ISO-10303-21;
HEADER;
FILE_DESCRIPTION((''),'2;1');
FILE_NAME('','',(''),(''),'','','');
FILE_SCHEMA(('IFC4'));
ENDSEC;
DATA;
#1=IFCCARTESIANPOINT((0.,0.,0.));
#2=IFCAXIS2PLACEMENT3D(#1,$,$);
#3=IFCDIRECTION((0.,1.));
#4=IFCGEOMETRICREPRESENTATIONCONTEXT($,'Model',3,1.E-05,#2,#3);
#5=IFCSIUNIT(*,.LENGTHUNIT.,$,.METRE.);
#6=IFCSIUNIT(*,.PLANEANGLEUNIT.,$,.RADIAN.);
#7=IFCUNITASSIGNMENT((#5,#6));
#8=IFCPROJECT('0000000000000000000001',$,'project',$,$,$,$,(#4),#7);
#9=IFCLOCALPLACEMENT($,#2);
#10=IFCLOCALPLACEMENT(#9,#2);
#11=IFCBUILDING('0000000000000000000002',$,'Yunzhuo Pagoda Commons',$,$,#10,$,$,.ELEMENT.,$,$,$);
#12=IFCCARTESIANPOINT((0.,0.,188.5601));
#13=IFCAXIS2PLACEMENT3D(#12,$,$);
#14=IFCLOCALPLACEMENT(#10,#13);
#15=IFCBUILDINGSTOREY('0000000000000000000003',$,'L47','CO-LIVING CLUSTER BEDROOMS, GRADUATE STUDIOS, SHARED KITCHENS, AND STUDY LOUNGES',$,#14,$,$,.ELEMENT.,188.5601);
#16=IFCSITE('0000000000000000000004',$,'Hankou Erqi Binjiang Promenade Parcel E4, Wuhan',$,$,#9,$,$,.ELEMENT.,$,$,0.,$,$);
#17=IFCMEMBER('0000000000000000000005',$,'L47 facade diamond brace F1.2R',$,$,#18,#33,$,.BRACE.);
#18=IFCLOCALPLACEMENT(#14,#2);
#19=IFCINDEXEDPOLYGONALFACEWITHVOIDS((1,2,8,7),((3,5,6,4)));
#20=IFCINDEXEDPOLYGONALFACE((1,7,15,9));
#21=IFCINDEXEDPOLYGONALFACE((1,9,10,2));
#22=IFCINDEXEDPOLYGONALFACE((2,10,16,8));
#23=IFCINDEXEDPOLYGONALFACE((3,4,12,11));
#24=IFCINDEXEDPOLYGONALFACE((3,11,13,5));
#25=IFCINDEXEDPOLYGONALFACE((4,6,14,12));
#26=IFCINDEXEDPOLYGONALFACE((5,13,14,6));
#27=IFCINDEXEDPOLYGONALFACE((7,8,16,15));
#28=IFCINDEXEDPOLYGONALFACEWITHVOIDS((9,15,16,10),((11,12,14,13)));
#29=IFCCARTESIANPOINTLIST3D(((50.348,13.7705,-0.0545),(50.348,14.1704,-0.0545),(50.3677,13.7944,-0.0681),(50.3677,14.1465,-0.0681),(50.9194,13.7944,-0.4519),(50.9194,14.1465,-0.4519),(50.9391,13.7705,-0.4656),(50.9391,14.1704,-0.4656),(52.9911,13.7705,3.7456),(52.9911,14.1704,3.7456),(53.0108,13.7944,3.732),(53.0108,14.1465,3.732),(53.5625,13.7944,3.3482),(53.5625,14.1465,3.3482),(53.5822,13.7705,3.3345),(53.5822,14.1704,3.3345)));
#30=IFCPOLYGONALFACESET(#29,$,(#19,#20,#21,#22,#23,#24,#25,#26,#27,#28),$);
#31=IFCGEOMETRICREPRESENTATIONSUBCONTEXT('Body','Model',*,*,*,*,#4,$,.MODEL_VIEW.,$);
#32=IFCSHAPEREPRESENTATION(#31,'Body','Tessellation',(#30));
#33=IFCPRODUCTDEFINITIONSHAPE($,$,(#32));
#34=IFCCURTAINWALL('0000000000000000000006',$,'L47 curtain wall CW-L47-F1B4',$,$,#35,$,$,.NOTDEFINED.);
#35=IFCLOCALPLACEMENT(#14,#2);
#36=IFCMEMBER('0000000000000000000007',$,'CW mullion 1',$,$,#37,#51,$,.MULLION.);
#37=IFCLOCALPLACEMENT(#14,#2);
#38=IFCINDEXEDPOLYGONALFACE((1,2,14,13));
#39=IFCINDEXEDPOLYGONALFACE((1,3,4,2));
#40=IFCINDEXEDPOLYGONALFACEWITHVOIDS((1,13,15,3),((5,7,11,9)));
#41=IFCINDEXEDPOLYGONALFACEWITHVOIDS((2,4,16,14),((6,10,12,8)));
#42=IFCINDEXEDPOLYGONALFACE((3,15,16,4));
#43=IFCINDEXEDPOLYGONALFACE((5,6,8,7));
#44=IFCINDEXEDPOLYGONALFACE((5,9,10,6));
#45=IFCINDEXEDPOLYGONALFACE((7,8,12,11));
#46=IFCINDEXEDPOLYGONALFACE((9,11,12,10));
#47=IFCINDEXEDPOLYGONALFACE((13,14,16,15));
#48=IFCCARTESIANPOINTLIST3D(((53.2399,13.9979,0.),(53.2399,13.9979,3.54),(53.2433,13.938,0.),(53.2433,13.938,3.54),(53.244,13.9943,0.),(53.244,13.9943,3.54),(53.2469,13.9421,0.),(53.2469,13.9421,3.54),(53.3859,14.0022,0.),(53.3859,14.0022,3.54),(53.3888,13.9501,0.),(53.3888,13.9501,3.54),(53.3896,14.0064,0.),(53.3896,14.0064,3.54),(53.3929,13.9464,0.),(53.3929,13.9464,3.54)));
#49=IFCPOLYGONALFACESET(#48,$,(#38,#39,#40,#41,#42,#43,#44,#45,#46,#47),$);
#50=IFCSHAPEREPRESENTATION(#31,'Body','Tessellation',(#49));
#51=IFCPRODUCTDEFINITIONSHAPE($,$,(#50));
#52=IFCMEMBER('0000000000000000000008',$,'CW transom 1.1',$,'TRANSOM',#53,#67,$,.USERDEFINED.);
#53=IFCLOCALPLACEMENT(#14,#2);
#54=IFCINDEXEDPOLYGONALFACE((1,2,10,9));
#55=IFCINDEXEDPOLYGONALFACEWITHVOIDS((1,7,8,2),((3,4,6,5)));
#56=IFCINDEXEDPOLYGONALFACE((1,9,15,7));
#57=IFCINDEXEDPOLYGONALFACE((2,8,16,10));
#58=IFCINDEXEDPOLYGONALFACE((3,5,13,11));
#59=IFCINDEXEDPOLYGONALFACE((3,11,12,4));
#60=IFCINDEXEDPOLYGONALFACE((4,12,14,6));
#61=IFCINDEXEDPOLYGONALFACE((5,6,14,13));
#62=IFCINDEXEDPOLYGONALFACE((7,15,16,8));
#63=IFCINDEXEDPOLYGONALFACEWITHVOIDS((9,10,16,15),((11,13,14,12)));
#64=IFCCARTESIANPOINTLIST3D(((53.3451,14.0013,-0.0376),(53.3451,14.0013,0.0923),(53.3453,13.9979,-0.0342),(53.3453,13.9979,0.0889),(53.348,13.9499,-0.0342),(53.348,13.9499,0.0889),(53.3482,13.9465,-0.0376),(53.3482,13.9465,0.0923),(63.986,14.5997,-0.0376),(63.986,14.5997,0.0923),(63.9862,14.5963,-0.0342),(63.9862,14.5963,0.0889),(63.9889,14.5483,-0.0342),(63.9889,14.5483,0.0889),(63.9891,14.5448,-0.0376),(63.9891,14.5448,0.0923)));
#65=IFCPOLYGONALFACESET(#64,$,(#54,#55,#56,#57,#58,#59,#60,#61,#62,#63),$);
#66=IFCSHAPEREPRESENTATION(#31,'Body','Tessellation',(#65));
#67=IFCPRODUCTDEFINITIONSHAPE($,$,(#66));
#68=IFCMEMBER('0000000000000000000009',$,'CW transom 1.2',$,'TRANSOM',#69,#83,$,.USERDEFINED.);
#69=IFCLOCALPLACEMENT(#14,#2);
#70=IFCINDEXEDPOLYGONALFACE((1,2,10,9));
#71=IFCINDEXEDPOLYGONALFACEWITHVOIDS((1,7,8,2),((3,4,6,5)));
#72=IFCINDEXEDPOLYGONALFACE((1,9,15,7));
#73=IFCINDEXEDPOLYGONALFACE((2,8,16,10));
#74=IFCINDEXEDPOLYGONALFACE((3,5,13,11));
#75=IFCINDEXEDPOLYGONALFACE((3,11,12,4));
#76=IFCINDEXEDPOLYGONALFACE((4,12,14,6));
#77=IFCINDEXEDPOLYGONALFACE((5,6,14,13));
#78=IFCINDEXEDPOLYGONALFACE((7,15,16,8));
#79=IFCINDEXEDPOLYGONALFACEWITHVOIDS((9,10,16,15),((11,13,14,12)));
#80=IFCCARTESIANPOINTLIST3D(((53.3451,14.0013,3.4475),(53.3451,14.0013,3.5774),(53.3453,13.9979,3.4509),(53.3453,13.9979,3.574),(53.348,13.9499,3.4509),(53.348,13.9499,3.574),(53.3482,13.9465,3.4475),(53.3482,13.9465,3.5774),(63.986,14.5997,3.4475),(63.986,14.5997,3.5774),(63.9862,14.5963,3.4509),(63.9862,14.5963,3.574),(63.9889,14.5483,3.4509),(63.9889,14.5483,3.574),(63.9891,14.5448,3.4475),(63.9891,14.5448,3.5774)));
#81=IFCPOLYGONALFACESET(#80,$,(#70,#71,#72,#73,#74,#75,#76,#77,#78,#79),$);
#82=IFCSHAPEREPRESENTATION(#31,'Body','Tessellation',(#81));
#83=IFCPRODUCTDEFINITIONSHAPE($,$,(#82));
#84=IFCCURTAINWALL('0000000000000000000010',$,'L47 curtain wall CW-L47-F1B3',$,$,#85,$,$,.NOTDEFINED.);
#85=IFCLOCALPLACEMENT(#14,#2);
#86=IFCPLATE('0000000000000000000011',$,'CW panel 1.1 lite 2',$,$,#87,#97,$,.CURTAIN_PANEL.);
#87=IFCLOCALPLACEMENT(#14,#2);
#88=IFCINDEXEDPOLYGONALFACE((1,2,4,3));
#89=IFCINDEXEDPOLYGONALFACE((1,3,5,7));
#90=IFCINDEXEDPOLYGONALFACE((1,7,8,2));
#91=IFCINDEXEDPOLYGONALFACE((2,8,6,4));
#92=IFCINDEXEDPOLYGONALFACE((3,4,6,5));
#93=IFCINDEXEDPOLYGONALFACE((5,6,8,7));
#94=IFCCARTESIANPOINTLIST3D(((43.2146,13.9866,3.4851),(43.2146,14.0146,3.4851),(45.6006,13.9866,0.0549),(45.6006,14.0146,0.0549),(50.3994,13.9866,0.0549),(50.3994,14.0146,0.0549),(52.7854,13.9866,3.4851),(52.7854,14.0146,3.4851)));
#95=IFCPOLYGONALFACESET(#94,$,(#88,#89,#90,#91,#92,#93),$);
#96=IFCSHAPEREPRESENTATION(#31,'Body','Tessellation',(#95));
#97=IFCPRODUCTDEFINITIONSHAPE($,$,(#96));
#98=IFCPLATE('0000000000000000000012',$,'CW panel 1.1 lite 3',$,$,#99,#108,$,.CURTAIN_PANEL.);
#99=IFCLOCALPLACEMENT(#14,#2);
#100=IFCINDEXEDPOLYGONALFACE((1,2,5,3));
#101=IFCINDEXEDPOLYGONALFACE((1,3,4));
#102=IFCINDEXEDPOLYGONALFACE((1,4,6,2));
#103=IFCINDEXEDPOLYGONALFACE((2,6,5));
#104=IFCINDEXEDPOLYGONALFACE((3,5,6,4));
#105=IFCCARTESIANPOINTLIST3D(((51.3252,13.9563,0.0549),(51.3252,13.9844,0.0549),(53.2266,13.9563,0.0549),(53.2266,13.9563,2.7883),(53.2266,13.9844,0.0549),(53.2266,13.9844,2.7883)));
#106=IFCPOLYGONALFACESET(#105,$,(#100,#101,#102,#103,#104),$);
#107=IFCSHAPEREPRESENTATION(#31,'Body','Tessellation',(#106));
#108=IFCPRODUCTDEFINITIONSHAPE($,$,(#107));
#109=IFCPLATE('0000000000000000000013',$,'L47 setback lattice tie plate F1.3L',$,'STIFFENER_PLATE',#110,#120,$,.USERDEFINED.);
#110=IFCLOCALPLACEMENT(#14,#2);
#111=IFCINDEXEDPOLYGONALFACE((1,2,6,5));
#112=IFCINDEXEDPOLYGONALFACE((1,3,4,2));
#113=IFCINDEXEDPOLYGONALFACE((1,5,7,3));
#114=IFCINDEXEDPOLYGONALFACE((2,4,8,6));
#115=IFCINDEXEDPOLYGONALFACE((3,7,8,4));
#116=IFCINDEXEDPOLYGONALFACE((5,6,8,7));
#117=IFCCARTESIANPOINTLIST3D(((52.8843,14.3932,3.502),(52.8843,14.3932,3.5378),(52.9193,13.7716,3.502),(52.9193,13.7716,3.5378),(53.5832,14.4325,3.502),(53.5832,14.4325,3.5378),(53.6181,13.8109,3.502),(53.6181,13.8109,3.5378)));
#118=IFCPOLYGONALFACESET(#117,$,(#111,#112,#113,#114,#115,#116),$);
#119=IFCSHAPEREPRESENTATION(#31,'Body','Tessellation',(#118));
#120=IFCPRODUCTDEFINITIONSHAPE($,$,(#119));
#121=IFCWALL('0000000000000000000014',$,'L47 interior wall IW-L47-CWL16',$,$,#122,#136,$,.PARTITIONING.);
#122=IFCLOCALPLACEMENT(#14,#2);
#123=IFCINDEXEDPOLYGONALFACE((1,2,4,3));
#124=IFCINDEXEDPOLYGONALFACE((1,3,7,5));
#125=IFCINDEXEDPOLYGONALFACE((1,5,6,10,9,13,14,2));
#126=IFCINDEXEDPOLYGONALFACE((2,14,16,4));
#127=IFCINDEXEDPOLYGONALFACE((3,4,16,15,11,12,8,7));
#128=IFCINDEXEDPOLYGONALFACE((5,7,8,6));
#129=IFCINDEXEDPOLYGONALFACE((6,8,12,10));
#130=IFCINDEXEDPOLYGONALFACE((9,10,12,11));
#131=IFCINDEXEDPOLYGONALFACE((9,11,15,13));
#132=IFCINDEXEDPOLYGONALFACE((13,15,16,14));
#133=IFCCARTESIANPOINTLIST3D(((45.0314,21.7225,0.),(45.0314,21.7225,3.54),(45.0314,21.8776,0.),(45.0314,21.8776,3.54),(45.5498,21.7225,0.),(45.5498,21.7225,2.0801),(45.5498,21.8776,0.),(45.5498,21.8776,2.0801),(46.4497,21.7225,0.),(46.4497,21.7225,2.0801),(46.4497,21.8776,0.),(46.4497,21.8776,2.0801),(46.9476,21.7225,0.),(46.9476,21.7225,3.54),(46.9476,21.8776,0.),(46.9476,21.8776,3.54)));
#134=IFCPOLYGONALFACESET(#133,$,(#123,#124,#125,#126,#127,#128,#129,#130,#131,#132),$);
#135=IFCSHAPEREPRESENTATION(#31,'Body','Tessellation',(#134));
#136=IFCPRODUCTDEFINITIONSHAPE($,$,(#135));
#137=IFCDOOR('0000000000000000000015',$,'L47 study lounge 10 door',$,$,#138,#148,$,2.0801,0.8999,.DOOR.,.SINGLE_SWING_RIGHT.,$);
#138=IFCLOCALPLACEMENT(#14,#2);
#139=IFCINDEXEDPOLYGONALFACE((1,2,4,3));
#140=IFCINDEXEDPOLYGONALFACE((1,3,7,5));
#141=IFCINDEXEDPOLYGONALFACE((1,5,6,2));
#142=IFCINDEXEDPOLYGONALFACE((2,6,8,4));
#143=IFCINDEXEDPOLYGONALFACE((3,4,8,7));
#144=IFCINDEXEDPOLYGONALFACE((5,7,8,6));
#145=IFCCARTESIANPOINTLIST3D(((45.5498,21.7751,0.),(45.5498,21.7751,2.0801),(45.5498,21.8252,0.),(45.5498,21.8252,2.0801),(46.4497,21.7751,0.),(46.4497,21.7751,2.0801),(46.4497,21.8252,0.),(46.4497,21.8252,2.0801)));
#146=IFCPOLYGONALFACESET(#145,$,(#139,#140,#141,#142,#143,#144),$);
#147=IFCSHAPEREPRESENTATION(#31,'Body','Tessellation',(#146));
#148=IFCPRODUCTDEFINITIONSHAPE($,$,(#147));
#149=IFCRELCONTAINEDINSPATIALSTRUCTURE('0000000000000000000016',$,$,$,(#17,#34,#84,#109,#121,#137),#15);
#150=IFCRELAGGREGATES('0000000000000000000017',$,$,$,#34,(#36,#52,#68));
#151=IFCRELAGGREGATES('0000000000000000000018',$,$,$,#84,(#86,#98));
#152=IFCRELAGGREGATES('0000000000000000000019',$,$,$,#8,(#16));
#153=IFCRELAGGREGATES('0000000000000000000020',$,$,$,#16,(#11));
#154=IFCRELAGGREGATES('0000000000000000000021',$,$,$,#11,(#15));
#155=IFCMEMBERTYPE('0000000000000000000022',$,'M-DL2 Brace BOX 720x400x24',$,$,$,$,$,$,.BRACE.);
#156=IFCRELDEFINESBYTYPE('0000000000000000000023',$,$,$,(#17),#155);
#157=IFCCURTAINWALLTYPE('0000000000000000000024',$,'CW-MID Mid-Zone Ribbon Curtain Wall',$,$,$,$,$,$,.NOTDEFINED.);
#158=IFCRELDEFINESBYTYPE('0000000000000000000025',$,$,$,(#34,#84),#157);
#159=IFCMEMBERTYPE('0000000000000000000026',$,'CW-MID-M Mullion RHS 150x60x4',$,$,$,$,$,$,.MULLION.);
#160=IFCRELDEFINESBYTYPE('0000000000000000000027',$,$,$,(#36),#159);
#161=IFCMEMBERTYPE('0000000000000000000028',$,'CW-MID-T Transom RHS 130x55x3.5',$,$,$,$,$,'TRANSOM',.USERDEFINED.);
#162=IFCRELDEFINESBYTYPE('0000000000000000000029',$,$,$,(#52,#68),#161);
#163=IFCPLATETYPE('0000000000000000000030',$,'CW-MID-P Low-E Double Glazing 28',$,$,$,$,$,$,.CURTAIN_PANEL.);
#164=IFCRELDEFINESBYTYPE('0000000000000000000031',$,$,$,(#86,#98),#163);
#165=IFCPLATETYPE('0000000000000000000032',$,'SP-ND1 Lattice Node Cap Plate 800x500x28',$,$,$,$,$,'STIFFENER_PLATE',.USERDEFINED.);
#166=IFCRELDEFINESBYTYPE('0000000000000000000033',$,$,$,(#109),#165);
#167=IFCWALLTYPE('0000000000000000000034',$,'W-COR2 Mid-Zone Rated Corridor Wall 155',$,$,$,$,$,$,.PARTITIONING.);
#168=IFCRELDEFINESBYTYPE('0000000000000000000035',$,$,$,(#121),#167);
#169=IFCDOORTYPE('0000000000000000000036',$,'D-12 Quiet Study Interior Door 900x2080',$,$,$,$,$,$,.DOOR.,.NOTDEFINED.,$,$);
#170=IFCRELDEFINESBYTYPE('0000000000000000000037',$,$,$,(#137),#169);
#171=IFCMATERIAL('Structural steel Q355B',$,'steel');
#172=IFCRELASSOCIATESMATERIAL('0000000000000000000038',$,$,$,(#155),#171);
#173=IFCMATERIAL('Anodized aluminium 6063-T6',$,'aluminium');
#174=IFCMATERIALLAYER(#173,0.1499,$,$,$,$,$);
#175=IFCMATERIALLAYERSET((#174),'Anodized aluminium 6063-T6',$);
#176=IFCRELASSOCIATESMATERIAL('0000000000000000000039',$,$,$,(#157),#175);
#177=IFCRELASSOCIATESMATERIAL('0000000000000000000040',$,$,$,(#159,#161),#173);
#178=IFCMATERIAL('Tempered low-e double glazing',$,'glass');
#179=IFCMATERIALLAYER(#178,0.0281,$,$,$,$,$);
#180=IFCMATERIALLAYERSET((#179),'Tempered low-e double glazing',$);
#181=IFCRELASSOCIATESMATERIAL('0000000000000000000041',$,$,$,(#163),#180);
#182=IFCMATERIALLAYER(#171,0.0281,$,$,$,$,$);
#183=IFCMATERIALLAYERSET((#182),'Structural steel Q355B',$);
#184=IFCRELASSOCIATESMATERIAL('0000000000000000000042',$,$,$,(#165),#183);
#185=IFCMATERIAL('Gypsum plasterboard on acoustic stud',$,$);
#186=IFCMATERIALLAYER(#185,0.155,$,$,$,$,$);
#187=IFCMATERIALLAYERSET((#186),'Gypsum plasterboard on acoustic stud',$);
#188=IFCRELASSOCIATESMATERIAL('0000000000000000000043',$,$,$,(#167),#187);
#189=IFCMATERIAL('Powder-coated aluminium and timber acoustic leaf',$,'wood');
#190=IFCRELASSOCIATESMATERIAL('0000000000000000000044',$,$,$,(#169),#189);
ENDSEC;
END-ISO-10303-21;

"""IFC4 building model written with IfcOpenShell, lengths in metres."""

from ifc_helpers import new_model, si_unit, direction, frame, frame_2d, origin, origin_with_axes, origin_2d, place, context, subcontext, project, spatial, polyline, rectangle, hollow_rectangle, outline, extrude, source, transform, mapped, material, layer, layer_set, material_profile, profile_set, type_object, element, fill, aggregate, save


model = new_model("IFC4")

# Units and contexts
model_context = context("Model", 3, precision=1e-05, world=origin(), true_north=direction((0.0, 1.0)))
body_context = subcontext(model_context, "Body", "Model", "MODEL_VIEW")
ifc_project = project(units=[si_unit("LENGTHUNIT", "METRE"), si_unit("PLANEANGLEUNIT", "RADIAN")], contexts=[model_context])

# Site, building, storey
site_placement = place(None, origin())
site = spatial("IfcSite", under=ifc_project, at=site_placement, Name="Hankou Erqi Binjiang Promenade Parcel E4, Wuhan", CompositionType="ELEMENT", RefElevation=0.0)
building_placement = place(site_placement, origin())
building = spatial("IfcBuilding", under=site, at=building_placement, Name="Yunzhuo Pagoda Commons", CompositionType="ELEMENT")
storey_placement = place(building_placement, frame((0.0, 0.0, 188.5601)))
storey = spatial("IfcBuildingStorey", under=building, at=storey_placement, Name="L47", Description="CO-LIVING CLUSTER BEDROOMS, GRADUATE STUDIOS, SHARED KITCHENS, AND STUDY LOUNGES", CompositionType="ELEMENT", Elevation=188.5601)

# Shared definitions
ifc_material_1 = material(Name="Structural steel Q355B", Category="steel")

# Member
ifc_material_profile_1 = material_profile(ifc_material_1, hollow_rectangle(XDim=0.3999, YDim=0.72, WallThickness=0.0239, at=origin_2d()), Name="Structural steel Q355B")
ifc_profile_set_1 = profile_set([ifc_material_profile_1], Name="Structural steel Q355B")
member_type_1 = type_object("IfcMemberType", Name="M-DL2 Brace BOX 720x400x24", PredefinedType="BRACE", material=ifc_profile_set_1)
shared_shape_1 = source(origin(), body_context, "Body", "SweptSolid", [
    extrude(hollow_rectangle(XDim=0.3999, YDim=0.72, WallThickness=0.0239, at=origin_2d()), origin(), (0.0, 0.0, 1.0), 4.6289),
])
member_1_placement = place(storey_placement, frame((50.6436, 13.9705, -0.26), z_axis=(0.571, 0.0, 0.82095), x_axis=(0.0, 1.0, 0.0)))
element("IfcMember", 1, at=member_1_placement, inside=storey, type_object=member_type_1, Name="L47 facade diamond brace F1.2R", PredefinedType="BRACE", context=body_context, shape_type="MappedRepresentation", body=[
    mapped(shared_shape_1, transform((0.0, 0.0, 0.0), scale=1.0)),
])

# Curtain wall, members
ifc_material_2 = material(Name="Anodized aluminium 6063-T6", Category="aluminium")
ifc_layer_1 = layer(ifc_material_2, 0.1499)
ifc_layer_set_1 = layer_set([ifc_layer_1], Name="Anodized aluminium 6063-T6")
curtain_wall_type = type_object("IfcCurtainWallType", Name="CW-MID Mid-Zone Ribbon Curtain Wall", PredefinedType="NOTDEFINED", material=ifc_layer_set_1)
curtain_wall_1_placement = place(storey_placement, origin())
curtain_wall_1 = element("IfcCurtainWall", 2, at=curtain_wall_1_placement, inside=storey, type_object=curtain_wall_type, Name="L47 curtain wall CW-L47-F1B4", PredefinedType="NOTDEFINED")
ifc_material_profile_2 = material_profile(ifc_material_2, hollow_rectangle(XDim=0.0601, YDim=0.1499, WallThickness=0.0039, at=origin_2d()), Name="Anodized aluminium 6063-T6")
ifc_profile_set_2 = profile_set([ifc_material_profile_2], Name="Anodized aluminium 6063-T6")
member_type_2 = type_object("IfcMemberType", Name="CW-MID-M Mullion RHS 150x60x4", PredefinedType="MULLION", material=ifc_profile_set_2)
shared_shape_2 = source(origin(), body_context, "Body", "SweptSolid", [
    extrude(hollow_rectangle(XDim=0.0601, YDim=0.1499, WallThickness=0.0039, at=origin_2d()), origin(), (0.0, 0.0, 1.0), 3.54),
])
member_2_placement = place(storey_placement, frame((53.3164, 13.9722, 0.0), z_axis=(0.0, 0.0, 1.0), x_axis=(-0.056143, 0.998423, 0.0)))
member_2 = element("IfcMember", 3, at=member_2_placement, type_object=member_type_2, Name="CW mullion 1", PredefinedType="MULLION", context=body_context, shape_type="MappedRepresentation", body=[
    mapped(shared_shape_2, transform((0.0, 0.0, 0.0), scale=1.0)),
])
ifc_material_profile_3 = material_profile(ifc_material_2, hollow_rectangle(XDim=0.0549, YDim=0.1299, WallThickness=0.0034, at=origin_2d()), Name="Anodized aluminium 6063-T6")
ifc_profile_set_3 = profile_set([ifc_material_profile_3], Name="Anodized aluminium 6063-T6")
member_type_3 = type_object("IfcMemberType", Name="CW-MID-T Transom RHS 130x55x3.5", ElementType="TRANSOM", PredefinedType="USERDEFINED", material=ifc_profile_set_3)
shared_shape_3 = source(origin(), body_context, "Body", "SweptSolid", [
    extrude(hollow_rectangle(XDim=0.0549, YDim=0.1299, WallThickness=0.0034, at=origin_2d()), origin(), (0.0, 0.0, 1.0), 10.6577),
])
member_3_placement = place(storey_placement, frame((53.3467, 13.9739, 0.0273), z_axis=(0.998423, 0.056146, 0.0), x_axis=(-0.056146, 0.998423, 0.0)))
member_3 = element("IfcMember", 4, at=member_3_placement, type_object=member_type_3, Name="CW transom 1.1", ObjectType="TRANSOM", PredefinedType="USERDEFINED", context=body_context, shape_type="MappedRepresentation", body=[
    mapped(shared_shape_3, transform((0.0, 0.0, 0.0), scale=1.0)),
])
member_4_placement = place(storey_placement, frame((53.3467, 13.9739, 3.5125), z_axis=(0.998423, 0.056146, 0.0), x_axis=(-0.056146, 0.998423, 0.0)))
member_4 = element("IfcMember", 5, at=member_4_placement, type_object=member_type_3, Name="CW transom 1.2", ObjectType="TRANSOM", PredefinedType="USERDEFINED", context=body_context, shape_type="MappedRepresentation", body=[
    mapped(shared_shape_3, transform((0.0, 0.0, 0.0), scale=1.0)),
])
aggregate(curtain_wall_1, [member_2, member_3, member_4])

# Curtain wall, plates
curtain_wall_2_placement = place(storey_placement, origin())
curtain_wall_2 = element("IfcCurtainWall", 6, at=curtain_wall_2_placement, inside=storey, type_object=curtain_wall_type, Name="L47 curtain wall CW-L47-F1B3", PredefinedType="NOTDEFINED")
ifc_material_3 = material(Name="Tempered low-e double glazing", Category="glass")
ifc_layer_2 = layer(ifc_material_3, 0.0281)
ifc_layer_set_2 = layer_set([ifc_layer_2], Name="Tempered low-e double glazing")
plate_type_1 = type_object("IfcPlateType", Name="CW-MID-P Low-E Double Glazing 28", PredefinedType="CURTAIN_PANEL", material=ifc_layer_set_2)
plate_1_placement = place(storey_placement, frame((48.0, 14.0146, 1.77), z_axis=(0.0, -1.0, 0.0), x_axis=(1.0, 0.0, 0.0)))
plate_1 = element("IfcPlate", 7, at=plate_1_placement, type_object=plate_type_1, Name="CW panel 1.1 lite 2", PredefinedType="CURTAIN_PANEL", context=body_context, shape_type="SweptSolid", body=[
    extrude(outline(polyline([(-4.7854, 1.7151), (-2.3994, -1.7151), (2.3994, -1.7151), (4.7854, 1.7151), (-4.7854, 1.7151)])), origin(), (0.0, 0.0, 1.0), 0.0281),
])
plate_2_placement = place(storey_placement, frame((52.2759, 13.9844, 1.4216), z_axis=(0.0, -1.0, 0.0), x_axis=(1.0, 0.0, 0.0)))
plate_2 = element("IfcPlate", 8, at=plate_2_placement, type_object=plate_type_1, Name="CW panel 1.1 lite 3", PredefinedType="CURTAIN_PANEL", context=body_context, shape_type="SweptSolid", body=[
    extrude(outline(polyline([(-0.9507, -1.3667), (0.9507, -1.3667), (0.9507, 1.3667), (-0.9507, -1.3667)])), origin(), (0.0, 0.0, 1.0), 0.0281),
])
aggregate(curtain_wall_2, [plate_1, plate_2])

# Plate
ifc_layer_3 = layer(ifc_material_1, 0.0281)
ifc_layer_set_3 = layer_set([ifc_layer_3], Name="Structural steel Q355B")
plate_type_2 = type_object("IfcPlateType", Name="SP-ND1 Lattice Node Cap Plate 800x500x28", ElementType="STIFFENER_PLATE", PredefinedType="USERDEFINED", material=ifc_layer_set_3)
shared_shape_4 = source(origin(), body_context, "Body", "SweptSolid", [
    extrude(rectangle(XDim=0.7, YDim=0.6226, at=origin_2d()), origin(), (0.0, 0.0, 1.0), 0.0359),
])
plate_3_placement = place(storey_placement, frame((53.2512, 14.1021, 3.502), z_axis=(0.0, 0.0, 1.0), x_axis=(0.998423, 0.056135, 0.0)))
element("IfcPlate", 9, at=plate_3_placement, inside=storey, type_object=plate_type_2, Name="L47 setback lattice tie plate F1.3L", ObjectType="STIFFENER_PLATE", PredefinedType="USERDEFINED", context=body_context, shape_type="MappedRepresentation", body=[
    mapped(shared_shape_4, transform((0.0, 0.0, 0.0), scale=1.0)),
])

# Wall, opening, door
ifc_material_4 = material(Name="Gypsum plasterboard on acoustic stud")
ifc_layer_4 = layer(ifc_material_4, 0.155)
ifc_layer_set_4 = layer_set([ifc_layer_4], Name="Gypsum plasterboard on acoustic stud")
wall_type_1 = type_object("IfcWallType", Name="W-COR2 Mid-Zone Rated Corridor Wall 155", PredefinedType="PARTITIONING", material=ifc_layer_set_4)
wall_1_placement = place(storey_placement, frame((46.9475, 21.8, 0.0), z_axis=(0.0, 0.0, 1.0), x_axis=(-1.0, 0.0, 0.0)))
wall_1 = element("IfcWall", 10, at=wall_1_placement, inside=storey, type_object=wall_type_1, Name="L47 interior wall IW-L47-CWL16", PredefinedType="PARTITIONING", context=body_context, shape_type="SweptSolid", body=[
    extrude(rectangle(XDim=1.9163, YDim=0.155, at=frame_2d((0.958, 0.0))), origin(), (0.0, 0.0, 1.0), 3.54),
])
opening_1_placement = place(wall_1_placement, frame((0.4978, 0.0, 0.0)))
opening_1 = element("IfcOpeningElement", 11, at=opening_1_placement, cuts=wall_1, PredefinedType="OPENING", context=body_context, shape_type="SweptSolid", body=[
    extrude(rectangle(XDim=0.8999, YDim=2.0801, at=frame_2d((0.45, 1.04))), frame((0.0, 0.0874, 0.0), z_axis=(0.0, -1.0, 0.0), x_axis=(1.0, 0.0, 0.0)), (0.0, 0.0, 1.0), 0.175),
])
ifc_material_5 = material(Name="Powder-coated aluminium and timber acoustic leaf", Category="wood")
door_type_1 = type_object("IfcDoorType", Name="D-12 Quiet Study Interior Door 900x2080", OperationType="NOTDEFINED", PredefinedType="DOOR", material=ifc_material_5)
shared_shape_5 = source(origin(), body_context, "Body", "SweptSolid", [
    extrude(rectangle(XDim=0.8999, YDim=2.0801, at=frame_2d((0.45, 1.04))), frame((0.0, 0.0249, 0.0), z_axis=(0.0, -1.0, 0.0), x_axis=(1.0, 0.0, 0.0)), (0.0, 0.0, 1.0), 0.05),
])
door_1_placement = place(opening_1_placement, origin_with_axes())
door_1 = element("IfcDoor", 12, at=door_1_placement, inside=storey, type_object=door_type_1, Name="L47 study lounge 10 door", OperationType="SINGLE_SWING_RIGHT", OverallHeight=2.0801, OverallWidth=0.8999, PredefinedType="DOOR", context=body_context, shape_type="MappedRepresentation", body=[
    mapped(shared_shape_5, transform((0.0, 0.0, 0.0), scale=1.0)),
])
fill(opening_1, door_1)

save(model, "model.ifc")
